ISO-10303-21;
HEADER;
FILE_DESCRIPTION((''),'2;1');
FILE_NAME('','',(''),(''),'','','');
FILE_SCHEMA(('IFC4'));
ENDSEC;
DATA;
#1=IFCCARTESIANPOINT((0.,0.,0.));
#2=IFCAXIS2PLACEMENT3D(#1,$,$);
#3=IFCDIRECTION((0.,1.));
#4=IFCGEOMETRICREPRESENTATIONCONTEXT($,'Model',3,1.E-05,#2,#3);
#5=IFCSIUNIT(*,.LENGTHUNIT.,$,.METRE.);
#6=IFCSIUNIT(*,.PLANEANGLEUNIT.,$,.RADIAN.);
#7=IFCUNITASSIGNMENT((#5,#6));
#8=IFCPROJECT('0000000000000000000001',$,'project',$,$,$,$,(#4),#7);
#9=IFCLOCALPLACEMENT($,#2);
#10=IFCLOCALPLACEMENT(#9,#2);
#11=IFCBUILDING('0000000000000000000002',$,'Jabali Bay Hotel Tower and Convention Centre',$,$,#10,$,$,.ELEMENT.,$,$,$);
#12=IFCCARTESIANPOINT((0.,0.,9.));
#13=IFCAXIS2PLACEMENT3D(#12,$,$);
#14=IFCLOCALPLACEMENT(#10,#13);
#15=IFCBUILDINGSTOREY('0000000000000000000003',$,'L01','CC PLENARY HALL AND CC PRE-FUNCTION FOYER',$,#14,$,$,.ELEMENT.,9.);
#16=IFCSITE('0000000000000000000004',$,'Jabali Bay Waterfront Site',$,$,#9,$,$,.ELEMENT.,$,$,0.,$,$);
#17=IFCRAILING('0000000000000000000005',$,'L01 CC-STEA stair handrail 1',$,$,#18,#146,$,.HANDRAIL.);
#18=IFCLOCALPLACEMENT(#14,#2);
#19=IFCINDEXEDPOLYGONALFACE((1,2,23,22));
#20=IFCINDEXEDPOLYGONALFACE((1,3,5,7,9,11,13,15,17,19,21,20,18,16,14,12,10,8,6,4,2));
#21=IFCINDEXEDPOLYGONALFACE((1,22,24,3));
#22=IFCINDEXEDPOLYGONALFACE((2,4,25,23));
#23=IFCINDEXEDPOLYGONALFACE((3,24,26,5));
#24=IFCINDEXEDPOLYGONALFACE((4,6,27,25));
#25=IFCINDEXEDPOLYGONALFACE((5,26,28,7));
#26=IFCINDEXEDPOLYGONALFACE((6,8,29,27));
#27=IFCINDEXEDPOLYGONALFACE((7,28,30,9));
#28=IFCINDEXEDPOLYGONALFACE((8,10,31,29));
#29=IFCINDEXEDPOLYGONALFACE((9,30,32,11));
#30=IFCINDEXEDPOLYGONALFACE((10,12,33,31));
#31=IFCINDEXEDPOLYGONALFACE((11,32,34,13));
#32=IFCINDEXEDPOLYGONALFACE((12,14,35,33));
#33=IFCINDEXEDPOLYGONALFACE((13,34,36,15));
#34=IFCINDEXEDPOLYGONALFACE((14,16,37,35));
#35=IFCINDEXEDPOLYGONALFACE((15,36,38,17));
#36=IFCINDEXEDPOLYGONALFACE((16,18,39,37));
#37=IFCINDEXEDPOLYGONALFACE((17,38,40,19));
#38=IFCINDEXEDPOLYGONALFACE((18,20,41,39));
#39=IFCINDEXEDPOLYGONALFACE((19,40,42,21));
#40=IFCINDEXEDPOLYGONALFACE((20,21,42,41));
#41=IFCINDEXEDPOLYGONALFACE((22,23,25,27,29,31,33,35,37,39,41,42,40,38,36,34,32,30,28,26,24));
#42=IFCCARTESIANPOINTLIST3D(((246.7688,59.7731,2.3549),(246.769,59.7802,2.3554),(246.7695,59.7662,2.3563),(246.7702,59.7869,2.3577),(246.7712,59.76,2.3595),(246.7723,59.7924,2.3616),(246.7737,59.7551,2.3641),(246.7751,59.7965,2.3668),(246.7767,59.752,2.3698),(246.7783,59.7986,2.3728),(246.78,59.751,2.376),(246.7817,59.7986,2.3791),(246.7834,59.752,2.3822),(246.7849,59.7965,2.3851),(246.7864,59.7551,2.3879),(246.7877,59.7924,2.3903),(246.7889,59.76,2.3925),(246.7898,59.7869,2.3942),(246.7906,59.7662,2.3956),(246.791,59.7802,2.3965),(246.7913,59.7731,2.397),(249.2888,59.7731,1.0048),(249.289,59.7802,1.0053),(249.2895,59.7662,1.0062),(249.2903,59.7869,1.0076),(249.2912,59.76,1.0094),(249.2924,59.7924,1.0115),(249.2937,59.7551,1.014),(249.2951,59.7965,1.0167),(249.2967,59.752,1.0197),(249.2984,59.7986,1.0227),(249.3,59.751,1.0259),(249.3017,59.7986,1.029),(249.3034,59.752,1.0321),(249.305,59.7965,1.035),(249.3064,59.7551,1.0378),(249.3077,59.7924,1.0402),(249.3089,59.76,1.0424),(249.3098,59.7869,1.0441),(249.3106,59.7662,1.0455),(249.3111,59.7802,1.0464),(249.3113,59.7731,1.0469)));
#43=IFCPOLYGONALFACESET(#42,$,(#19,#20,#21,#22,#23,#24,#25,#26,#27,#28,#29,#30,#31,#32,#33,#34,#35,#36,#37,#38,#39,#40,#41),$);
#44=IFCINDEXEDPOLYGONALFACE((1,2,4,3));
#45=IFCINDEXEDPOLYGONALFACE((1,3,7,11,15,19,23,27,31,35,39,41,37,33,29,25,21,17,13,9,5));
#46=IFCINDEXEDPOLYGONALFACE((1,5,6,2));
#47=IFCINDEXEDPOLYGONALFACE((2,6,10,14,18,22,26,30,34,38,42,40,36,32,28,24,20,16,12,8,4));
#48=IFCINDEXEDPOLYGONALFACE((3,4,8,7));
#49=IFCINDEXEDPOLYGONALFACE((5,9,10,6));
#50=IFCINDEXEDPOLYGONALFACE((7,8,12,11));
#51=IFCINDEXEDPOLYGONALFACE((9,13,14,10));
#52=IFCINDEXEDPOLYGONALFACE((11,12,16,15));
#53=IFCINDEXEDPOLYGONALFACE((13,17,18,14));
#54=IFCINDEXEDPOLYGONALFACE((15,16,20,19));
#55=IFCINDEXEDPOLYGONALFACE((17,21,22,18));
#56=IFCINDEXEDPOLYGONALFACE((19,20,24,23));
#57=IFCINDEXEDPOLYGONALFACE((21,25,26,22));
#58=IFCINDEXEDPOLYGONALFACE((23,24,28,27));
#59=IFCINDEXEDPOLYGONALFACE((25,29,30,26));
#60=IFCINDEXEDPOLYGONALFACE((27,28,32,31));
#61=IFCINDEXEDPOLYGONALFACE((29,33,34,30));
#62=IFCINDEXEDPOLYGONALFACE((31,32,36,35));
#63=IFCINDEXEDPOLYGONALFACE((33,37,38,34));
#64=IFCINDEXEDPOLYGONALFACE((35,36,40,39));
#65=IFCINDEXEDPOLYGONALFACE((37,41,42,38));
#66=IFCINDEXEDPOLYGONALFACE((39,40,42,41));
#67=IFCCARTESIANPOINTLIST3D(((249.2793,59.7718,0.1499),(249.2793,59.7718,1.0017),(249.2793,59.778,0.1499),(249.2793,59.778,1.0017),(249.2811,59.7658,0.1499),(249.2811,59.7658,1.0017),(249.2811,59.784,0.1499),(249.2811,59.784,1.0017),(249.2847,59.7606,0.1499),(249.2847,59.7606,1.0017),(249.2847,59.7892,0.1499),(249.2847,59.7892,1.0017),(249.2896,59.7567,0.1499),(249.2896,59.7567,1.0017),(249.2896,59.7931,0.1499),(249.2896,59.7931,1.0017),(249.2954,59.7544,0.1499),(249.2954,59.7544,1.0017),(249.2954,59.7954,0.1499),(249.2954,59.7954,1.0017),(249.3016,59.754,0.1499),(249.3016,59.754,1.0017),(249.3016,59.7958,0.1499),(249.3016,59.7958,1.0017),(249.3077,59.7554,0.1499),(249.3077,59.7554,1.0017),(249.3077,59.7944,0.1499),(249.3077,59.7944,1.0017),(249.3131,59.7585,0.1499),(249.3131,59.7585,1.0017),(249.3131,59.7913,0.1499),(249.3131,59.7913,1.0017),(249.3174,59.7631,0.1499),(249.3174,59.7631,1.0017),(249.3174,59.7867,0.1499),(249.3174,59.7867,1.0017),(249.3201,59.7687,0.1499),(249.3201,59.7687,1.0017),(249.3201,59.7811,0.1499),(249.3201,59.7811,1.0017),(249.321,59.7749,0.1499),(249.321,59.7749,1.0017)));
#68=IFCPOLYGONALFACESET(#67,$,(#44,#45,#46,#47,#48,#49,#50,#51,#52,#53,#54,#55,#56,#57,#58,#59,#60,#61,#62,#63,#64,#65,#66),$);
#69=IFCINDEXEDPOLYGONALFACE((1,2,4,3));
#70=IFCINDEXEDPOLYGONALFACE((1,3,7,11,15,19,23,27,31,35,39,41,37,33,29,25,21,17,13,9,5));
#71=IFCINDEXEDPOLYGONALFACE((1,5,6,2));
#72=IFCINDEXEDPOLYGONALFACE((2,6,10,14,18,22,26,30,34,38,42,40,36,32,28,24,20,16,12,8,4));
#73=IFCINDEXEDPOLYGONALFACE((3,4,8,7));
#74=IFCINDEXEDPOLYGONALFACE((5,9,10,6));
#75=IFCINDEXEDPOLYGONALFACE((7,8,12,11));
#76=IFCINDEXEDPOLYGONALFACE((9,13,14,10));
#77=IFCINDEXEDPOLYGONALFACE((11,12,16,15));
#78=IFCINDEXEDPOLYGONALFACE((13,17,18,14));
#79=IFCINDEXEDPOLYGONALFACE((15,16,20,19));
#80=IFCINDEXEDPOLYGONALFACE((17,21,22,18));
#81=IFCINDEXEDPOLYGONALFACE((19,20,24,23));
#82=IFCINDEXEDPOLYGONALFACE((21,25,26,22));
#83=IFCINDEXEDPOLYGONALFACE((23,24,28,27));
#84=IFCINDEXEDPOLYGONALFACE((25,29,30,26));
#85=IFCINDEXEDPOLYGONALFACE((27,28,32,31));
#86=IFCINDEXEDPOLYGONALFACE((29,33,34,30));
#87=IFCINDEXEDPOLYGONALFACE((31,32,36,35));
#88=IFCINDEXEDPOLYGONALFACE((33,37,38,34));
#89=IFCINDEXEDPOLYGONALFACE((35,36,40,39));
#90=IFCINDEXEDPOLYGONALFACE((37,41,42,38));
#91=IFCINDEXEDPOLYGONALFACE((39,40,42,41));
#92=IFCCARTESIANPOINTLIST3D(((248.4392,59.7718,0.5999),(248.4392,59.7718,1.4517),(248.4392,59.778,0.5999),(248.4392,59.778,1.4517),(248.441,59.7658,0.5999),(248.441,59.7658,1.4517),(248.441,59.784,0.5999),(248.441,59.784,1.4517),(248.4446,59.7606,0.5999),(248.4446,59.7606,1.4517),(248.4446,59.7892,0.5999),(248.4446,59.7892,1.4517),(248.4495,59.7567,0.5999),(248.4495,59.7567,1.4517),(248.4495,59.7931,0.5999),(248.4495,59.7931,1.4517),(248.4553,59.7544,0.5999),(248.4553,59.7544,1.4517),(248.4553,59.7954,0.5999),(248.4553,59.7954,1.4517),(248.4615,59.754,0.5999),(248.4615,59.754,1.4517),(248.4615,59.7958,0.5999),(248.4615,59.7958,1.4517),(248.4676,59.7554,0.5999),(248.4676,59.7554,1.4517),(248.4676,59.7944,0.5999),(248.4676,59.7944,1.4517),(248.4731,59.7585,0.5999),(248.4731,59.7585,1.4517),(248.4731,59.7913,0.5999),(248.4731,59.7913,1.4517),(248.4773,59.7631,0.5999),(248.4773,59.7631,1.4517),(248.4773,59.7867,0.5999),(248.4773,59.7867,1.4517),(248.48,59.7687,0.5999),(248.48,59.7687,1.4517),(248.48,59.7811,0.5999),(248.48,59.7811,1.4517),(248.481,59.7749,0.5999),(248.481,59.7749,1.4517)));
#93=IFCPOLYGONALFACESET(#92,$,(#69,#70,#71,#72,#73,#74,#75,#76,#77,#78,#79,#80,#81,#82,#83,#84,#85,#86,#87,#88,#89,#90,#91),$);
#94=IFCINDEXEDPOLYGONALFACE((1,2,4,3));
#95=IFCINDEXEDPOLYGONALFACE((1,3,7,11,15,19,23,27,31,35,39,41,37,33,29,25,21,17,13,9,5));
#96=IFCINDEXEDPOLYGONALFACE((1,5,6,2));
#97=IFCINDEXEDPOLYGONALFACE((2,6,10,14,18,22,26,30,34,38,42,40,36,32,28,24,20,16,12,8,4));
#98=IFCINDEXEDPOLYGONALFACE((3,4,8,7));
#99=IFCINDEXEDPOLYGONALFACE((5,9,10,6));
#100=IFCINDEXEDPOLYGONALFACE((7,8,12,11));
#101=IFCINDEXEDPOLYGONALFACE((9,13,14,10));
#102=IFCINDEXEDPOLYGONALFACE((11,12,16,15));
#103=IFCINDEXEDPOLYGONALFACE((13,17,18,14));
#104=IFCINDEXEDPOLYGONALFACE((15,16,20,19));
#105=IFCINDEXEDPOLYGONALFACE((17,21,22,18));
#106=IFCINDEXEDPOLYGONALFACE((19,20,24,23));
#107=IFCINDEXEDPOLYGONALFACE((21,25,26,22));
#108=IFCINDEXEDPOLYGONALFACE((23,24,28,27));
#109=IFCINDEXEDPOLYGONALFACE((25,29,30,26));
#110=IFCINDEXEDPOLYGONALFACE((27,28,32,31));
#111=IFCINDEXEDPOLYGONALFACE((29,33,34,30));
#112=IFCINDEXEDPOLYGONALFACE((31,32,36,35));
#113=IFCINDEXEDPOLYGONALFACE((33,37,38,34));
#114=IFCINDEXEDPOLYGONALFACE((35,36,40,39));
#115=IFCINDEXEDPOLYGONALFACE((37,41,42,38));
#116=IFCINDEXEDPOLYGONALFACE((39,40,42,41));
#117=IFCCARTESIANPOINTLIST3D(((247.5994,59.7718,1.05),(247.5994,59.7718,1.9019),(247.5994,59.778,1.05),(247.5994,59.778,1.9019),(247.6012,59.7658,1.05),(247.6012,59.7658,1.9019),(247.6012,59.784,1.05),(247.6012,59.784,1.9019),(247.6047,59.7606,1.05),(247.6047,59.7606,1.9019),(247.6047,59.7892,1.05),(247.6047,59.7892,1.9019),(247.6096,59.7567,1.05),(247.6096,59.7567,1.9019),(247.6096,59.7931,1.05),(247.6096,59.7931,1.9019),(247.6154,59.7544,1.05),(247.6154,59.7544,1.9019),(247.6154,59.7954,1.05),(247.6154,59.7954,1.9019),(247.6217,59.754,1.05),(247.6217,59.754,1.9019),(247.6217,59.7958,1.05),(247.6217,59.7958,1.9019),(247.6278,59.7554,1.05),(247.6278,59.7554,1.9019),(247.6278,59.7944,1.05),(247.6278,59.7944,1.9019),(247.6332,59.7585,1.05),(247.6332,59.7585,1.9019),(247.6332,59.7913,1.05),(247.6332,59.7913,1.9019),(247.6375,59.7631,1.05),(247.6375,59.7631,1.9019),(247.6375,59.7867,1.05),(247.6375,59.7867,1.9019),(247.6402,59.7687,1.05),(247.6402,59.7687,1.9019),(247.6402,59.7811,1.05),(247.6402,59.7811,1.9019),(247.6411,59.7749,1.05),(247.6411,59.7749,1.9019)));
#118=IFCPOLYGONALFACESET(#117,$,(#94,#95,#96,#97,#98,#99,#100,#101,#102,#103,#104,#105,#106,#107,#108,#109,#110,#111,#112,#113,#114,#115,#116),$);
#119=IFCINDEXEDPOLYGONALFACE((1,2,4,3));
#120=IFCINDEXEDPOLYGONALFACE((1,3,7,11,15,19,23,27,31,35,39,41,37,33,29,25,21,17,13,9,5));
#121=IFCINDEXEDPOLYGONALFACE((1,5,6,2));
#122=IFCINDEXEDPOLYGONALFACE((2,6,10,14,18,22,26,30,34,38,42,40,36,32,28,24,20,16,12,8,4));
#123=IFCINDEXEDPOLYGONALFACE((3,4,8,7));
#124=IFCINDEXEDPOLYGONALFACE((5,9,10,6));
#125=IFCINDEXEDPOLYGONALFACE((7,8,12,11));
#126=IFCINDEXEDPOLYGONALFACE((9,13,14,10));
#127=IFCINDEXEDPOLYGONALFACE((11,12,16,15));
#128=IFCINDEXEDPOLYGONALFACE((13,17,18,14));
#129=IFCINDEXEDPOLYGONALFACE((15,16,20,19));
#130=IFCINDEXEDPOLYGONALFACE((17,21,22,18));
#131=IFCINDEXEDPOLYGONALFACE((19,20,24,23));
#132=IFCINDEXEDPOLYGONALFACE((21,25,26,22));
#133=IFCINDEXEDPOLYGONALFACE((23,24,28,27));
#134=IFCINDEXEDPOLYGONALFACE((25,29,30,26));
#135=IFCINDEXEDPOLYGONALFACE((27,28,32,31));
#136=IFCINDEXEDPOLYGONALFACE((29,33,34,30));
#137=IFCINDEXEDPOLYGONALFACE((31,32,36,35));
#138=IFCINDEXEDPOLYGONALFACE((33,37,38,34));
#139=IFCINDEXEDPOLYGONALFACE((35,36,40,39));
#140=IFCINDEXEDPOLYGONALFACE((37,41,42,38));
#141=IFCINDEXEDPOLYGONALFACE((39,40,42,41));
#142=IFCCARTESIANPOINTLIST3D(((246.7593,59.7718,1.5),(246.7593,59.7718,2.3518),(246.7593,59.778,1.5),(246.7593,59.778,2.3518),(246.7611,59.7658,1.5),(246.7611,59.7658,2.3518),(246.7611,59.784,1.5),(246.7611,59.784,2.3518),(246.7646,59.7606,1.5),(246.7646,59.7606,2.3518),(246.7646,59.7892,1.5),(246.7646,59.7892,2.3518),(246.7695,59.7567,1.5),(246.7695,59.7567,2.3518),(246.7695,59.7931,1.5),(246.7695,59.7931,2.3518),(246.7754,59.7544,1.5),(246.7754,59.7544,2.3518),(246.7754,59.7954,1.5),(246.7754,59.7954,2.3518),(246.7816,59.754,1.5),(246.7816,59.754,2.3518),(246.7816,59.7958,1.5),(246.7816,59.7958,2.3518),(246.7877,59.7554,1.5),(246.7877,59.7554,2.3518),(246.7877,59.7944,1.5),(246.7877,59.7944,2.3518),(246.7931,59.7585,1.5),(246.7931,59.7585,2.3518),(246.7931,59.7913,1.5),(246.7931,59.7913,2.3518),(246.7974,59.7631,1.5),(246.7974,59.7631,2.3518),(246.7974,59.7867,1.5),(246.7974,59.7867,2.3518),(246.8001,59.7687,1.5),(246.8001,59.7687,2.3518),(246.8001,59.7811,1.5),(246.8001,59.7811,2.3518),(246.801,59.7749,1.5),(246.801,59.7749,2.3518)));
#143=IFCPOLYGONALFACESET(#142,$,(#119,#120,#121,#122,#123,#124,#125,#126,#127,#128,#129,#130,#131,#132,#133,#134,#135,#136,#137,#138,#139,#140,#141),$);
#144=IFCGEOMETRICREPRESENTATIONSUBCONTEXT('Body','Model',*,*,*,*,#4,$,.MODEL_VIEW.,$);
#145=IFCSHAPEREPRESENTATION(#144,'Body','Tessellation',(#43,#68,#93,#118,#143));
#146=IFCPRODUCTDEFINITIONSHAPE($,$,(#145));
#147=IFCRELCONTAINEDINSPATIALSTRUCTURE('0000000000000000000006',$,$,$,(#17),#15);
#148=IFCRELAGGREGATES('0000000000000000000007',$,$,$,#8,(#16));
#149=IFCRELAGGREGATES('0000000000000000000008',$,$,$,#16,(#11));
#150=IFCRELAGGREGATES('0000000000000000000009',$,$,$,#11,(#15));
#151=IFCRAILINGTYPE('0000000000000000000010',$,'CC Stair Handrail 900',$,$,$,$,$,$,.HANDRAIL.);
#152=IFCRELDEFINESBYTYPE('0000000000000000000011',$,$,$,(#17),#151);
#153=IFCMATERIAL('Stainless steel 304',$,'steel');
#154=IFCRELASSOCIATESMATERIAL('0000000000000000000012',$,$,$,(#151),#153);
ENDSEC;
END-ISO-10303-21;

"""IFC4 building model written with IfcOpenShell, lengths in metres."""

from ifc_helpers import new_model, si_unit, direction, frame, origin, origin_2d, place, context, subcontext, project, spatial, circle, extrude, material, type_object, element, save


model = new_model("IFC4")

# Units and contexts
model_context = context("Model", 3, precision=1e-05, world=origin(), true_north=direction((0.0, 1.0)))
body_context = subcontext(model_context, "Body", "Model", "MODEL_VIEW")
ifc_project = project(units=[si_unit("LENGTHUNIT", "METRE"), si_unit("PLANEANGLEUNIT", "RADIAN")], contexts=[model_context])

# Site, building, storey
site_placement = place(None, origin())
site = spatial("IfcSite", under=ifc_project, at=site_placement, Name="Jabali Bay Waterfront Site", CompositionType="ELEMENT", RefElevation=0.0)
building_placement = place(site_placement, origin())
building = spatial("IfcBuilding", under=site, at=building_placement, Name="Jabali Bay Hotel Tower and Convention Centre", CompositionType="ELEMENT")
storey_placement = place(building_placement, frame((0.0, 0.0, 9.0)))
storey = spatial("IfcBuildingStorey", under=building, at=storey_placement, Name="L01", Description="CC PLENARY HALL AND CC PRE-FUNCTION FOYER", CompositionType="ELEMENT", Elevation=9.0)

# Railing
ifc_material_1 = material(Name="Stainless steel 304", Category="steel")
railing_type_1 = type_object("IfcRailingType", Name="CC Stair Handrail 900", PredefinedType="HANDRAIL", material=ifc_material_1)
for number, where, name in (
    (1, (249.3, 59.7749, 0.1499), "L01 CC-STEA stair handrail 1"),
):
    element("IfcRailing", number, at=place(storey_placement, frame(where)), inside=storey, type_object=railing_type_1, Name=name, PredefinedType="HANDRAIL", context=body_context, shape_type="SweptSolid", body=[
        extrude(circle(Radius=0.0239, at=origin_2d()), frame((0.0, 0.0, 0.876), z_axis=(-0.881467, 0.0, 0.472245), x_axis=(0.0, -1.0, 0.0)), (0.0, 0.0, 1.0), 2.8589),
        extrude(circle(Radius=0.021, at=origin_2d()), origin(), (0.0, 0.0, 1.0), 0.8518),
        extrude(circle(Radius=0.021, at=origin_2d()), frame((-0.8401, 0.0, 0.45)), (0.0, 0.0, 1.0), 0.8518),
        extrude(circle(Radius=0.021, at=origin_2d()), frame((-1.6799, 0.0, 0.9001)), (0.0, 0.0, 1.0), 0.8518),
        extrude(circle(Radius=0.021, at=origin_2d()), frame((-2.52, 0.0, 1.3501)), (0.0, 0.0, 1.0), 0.8518),
    ])

save(model, "model.ifc")
